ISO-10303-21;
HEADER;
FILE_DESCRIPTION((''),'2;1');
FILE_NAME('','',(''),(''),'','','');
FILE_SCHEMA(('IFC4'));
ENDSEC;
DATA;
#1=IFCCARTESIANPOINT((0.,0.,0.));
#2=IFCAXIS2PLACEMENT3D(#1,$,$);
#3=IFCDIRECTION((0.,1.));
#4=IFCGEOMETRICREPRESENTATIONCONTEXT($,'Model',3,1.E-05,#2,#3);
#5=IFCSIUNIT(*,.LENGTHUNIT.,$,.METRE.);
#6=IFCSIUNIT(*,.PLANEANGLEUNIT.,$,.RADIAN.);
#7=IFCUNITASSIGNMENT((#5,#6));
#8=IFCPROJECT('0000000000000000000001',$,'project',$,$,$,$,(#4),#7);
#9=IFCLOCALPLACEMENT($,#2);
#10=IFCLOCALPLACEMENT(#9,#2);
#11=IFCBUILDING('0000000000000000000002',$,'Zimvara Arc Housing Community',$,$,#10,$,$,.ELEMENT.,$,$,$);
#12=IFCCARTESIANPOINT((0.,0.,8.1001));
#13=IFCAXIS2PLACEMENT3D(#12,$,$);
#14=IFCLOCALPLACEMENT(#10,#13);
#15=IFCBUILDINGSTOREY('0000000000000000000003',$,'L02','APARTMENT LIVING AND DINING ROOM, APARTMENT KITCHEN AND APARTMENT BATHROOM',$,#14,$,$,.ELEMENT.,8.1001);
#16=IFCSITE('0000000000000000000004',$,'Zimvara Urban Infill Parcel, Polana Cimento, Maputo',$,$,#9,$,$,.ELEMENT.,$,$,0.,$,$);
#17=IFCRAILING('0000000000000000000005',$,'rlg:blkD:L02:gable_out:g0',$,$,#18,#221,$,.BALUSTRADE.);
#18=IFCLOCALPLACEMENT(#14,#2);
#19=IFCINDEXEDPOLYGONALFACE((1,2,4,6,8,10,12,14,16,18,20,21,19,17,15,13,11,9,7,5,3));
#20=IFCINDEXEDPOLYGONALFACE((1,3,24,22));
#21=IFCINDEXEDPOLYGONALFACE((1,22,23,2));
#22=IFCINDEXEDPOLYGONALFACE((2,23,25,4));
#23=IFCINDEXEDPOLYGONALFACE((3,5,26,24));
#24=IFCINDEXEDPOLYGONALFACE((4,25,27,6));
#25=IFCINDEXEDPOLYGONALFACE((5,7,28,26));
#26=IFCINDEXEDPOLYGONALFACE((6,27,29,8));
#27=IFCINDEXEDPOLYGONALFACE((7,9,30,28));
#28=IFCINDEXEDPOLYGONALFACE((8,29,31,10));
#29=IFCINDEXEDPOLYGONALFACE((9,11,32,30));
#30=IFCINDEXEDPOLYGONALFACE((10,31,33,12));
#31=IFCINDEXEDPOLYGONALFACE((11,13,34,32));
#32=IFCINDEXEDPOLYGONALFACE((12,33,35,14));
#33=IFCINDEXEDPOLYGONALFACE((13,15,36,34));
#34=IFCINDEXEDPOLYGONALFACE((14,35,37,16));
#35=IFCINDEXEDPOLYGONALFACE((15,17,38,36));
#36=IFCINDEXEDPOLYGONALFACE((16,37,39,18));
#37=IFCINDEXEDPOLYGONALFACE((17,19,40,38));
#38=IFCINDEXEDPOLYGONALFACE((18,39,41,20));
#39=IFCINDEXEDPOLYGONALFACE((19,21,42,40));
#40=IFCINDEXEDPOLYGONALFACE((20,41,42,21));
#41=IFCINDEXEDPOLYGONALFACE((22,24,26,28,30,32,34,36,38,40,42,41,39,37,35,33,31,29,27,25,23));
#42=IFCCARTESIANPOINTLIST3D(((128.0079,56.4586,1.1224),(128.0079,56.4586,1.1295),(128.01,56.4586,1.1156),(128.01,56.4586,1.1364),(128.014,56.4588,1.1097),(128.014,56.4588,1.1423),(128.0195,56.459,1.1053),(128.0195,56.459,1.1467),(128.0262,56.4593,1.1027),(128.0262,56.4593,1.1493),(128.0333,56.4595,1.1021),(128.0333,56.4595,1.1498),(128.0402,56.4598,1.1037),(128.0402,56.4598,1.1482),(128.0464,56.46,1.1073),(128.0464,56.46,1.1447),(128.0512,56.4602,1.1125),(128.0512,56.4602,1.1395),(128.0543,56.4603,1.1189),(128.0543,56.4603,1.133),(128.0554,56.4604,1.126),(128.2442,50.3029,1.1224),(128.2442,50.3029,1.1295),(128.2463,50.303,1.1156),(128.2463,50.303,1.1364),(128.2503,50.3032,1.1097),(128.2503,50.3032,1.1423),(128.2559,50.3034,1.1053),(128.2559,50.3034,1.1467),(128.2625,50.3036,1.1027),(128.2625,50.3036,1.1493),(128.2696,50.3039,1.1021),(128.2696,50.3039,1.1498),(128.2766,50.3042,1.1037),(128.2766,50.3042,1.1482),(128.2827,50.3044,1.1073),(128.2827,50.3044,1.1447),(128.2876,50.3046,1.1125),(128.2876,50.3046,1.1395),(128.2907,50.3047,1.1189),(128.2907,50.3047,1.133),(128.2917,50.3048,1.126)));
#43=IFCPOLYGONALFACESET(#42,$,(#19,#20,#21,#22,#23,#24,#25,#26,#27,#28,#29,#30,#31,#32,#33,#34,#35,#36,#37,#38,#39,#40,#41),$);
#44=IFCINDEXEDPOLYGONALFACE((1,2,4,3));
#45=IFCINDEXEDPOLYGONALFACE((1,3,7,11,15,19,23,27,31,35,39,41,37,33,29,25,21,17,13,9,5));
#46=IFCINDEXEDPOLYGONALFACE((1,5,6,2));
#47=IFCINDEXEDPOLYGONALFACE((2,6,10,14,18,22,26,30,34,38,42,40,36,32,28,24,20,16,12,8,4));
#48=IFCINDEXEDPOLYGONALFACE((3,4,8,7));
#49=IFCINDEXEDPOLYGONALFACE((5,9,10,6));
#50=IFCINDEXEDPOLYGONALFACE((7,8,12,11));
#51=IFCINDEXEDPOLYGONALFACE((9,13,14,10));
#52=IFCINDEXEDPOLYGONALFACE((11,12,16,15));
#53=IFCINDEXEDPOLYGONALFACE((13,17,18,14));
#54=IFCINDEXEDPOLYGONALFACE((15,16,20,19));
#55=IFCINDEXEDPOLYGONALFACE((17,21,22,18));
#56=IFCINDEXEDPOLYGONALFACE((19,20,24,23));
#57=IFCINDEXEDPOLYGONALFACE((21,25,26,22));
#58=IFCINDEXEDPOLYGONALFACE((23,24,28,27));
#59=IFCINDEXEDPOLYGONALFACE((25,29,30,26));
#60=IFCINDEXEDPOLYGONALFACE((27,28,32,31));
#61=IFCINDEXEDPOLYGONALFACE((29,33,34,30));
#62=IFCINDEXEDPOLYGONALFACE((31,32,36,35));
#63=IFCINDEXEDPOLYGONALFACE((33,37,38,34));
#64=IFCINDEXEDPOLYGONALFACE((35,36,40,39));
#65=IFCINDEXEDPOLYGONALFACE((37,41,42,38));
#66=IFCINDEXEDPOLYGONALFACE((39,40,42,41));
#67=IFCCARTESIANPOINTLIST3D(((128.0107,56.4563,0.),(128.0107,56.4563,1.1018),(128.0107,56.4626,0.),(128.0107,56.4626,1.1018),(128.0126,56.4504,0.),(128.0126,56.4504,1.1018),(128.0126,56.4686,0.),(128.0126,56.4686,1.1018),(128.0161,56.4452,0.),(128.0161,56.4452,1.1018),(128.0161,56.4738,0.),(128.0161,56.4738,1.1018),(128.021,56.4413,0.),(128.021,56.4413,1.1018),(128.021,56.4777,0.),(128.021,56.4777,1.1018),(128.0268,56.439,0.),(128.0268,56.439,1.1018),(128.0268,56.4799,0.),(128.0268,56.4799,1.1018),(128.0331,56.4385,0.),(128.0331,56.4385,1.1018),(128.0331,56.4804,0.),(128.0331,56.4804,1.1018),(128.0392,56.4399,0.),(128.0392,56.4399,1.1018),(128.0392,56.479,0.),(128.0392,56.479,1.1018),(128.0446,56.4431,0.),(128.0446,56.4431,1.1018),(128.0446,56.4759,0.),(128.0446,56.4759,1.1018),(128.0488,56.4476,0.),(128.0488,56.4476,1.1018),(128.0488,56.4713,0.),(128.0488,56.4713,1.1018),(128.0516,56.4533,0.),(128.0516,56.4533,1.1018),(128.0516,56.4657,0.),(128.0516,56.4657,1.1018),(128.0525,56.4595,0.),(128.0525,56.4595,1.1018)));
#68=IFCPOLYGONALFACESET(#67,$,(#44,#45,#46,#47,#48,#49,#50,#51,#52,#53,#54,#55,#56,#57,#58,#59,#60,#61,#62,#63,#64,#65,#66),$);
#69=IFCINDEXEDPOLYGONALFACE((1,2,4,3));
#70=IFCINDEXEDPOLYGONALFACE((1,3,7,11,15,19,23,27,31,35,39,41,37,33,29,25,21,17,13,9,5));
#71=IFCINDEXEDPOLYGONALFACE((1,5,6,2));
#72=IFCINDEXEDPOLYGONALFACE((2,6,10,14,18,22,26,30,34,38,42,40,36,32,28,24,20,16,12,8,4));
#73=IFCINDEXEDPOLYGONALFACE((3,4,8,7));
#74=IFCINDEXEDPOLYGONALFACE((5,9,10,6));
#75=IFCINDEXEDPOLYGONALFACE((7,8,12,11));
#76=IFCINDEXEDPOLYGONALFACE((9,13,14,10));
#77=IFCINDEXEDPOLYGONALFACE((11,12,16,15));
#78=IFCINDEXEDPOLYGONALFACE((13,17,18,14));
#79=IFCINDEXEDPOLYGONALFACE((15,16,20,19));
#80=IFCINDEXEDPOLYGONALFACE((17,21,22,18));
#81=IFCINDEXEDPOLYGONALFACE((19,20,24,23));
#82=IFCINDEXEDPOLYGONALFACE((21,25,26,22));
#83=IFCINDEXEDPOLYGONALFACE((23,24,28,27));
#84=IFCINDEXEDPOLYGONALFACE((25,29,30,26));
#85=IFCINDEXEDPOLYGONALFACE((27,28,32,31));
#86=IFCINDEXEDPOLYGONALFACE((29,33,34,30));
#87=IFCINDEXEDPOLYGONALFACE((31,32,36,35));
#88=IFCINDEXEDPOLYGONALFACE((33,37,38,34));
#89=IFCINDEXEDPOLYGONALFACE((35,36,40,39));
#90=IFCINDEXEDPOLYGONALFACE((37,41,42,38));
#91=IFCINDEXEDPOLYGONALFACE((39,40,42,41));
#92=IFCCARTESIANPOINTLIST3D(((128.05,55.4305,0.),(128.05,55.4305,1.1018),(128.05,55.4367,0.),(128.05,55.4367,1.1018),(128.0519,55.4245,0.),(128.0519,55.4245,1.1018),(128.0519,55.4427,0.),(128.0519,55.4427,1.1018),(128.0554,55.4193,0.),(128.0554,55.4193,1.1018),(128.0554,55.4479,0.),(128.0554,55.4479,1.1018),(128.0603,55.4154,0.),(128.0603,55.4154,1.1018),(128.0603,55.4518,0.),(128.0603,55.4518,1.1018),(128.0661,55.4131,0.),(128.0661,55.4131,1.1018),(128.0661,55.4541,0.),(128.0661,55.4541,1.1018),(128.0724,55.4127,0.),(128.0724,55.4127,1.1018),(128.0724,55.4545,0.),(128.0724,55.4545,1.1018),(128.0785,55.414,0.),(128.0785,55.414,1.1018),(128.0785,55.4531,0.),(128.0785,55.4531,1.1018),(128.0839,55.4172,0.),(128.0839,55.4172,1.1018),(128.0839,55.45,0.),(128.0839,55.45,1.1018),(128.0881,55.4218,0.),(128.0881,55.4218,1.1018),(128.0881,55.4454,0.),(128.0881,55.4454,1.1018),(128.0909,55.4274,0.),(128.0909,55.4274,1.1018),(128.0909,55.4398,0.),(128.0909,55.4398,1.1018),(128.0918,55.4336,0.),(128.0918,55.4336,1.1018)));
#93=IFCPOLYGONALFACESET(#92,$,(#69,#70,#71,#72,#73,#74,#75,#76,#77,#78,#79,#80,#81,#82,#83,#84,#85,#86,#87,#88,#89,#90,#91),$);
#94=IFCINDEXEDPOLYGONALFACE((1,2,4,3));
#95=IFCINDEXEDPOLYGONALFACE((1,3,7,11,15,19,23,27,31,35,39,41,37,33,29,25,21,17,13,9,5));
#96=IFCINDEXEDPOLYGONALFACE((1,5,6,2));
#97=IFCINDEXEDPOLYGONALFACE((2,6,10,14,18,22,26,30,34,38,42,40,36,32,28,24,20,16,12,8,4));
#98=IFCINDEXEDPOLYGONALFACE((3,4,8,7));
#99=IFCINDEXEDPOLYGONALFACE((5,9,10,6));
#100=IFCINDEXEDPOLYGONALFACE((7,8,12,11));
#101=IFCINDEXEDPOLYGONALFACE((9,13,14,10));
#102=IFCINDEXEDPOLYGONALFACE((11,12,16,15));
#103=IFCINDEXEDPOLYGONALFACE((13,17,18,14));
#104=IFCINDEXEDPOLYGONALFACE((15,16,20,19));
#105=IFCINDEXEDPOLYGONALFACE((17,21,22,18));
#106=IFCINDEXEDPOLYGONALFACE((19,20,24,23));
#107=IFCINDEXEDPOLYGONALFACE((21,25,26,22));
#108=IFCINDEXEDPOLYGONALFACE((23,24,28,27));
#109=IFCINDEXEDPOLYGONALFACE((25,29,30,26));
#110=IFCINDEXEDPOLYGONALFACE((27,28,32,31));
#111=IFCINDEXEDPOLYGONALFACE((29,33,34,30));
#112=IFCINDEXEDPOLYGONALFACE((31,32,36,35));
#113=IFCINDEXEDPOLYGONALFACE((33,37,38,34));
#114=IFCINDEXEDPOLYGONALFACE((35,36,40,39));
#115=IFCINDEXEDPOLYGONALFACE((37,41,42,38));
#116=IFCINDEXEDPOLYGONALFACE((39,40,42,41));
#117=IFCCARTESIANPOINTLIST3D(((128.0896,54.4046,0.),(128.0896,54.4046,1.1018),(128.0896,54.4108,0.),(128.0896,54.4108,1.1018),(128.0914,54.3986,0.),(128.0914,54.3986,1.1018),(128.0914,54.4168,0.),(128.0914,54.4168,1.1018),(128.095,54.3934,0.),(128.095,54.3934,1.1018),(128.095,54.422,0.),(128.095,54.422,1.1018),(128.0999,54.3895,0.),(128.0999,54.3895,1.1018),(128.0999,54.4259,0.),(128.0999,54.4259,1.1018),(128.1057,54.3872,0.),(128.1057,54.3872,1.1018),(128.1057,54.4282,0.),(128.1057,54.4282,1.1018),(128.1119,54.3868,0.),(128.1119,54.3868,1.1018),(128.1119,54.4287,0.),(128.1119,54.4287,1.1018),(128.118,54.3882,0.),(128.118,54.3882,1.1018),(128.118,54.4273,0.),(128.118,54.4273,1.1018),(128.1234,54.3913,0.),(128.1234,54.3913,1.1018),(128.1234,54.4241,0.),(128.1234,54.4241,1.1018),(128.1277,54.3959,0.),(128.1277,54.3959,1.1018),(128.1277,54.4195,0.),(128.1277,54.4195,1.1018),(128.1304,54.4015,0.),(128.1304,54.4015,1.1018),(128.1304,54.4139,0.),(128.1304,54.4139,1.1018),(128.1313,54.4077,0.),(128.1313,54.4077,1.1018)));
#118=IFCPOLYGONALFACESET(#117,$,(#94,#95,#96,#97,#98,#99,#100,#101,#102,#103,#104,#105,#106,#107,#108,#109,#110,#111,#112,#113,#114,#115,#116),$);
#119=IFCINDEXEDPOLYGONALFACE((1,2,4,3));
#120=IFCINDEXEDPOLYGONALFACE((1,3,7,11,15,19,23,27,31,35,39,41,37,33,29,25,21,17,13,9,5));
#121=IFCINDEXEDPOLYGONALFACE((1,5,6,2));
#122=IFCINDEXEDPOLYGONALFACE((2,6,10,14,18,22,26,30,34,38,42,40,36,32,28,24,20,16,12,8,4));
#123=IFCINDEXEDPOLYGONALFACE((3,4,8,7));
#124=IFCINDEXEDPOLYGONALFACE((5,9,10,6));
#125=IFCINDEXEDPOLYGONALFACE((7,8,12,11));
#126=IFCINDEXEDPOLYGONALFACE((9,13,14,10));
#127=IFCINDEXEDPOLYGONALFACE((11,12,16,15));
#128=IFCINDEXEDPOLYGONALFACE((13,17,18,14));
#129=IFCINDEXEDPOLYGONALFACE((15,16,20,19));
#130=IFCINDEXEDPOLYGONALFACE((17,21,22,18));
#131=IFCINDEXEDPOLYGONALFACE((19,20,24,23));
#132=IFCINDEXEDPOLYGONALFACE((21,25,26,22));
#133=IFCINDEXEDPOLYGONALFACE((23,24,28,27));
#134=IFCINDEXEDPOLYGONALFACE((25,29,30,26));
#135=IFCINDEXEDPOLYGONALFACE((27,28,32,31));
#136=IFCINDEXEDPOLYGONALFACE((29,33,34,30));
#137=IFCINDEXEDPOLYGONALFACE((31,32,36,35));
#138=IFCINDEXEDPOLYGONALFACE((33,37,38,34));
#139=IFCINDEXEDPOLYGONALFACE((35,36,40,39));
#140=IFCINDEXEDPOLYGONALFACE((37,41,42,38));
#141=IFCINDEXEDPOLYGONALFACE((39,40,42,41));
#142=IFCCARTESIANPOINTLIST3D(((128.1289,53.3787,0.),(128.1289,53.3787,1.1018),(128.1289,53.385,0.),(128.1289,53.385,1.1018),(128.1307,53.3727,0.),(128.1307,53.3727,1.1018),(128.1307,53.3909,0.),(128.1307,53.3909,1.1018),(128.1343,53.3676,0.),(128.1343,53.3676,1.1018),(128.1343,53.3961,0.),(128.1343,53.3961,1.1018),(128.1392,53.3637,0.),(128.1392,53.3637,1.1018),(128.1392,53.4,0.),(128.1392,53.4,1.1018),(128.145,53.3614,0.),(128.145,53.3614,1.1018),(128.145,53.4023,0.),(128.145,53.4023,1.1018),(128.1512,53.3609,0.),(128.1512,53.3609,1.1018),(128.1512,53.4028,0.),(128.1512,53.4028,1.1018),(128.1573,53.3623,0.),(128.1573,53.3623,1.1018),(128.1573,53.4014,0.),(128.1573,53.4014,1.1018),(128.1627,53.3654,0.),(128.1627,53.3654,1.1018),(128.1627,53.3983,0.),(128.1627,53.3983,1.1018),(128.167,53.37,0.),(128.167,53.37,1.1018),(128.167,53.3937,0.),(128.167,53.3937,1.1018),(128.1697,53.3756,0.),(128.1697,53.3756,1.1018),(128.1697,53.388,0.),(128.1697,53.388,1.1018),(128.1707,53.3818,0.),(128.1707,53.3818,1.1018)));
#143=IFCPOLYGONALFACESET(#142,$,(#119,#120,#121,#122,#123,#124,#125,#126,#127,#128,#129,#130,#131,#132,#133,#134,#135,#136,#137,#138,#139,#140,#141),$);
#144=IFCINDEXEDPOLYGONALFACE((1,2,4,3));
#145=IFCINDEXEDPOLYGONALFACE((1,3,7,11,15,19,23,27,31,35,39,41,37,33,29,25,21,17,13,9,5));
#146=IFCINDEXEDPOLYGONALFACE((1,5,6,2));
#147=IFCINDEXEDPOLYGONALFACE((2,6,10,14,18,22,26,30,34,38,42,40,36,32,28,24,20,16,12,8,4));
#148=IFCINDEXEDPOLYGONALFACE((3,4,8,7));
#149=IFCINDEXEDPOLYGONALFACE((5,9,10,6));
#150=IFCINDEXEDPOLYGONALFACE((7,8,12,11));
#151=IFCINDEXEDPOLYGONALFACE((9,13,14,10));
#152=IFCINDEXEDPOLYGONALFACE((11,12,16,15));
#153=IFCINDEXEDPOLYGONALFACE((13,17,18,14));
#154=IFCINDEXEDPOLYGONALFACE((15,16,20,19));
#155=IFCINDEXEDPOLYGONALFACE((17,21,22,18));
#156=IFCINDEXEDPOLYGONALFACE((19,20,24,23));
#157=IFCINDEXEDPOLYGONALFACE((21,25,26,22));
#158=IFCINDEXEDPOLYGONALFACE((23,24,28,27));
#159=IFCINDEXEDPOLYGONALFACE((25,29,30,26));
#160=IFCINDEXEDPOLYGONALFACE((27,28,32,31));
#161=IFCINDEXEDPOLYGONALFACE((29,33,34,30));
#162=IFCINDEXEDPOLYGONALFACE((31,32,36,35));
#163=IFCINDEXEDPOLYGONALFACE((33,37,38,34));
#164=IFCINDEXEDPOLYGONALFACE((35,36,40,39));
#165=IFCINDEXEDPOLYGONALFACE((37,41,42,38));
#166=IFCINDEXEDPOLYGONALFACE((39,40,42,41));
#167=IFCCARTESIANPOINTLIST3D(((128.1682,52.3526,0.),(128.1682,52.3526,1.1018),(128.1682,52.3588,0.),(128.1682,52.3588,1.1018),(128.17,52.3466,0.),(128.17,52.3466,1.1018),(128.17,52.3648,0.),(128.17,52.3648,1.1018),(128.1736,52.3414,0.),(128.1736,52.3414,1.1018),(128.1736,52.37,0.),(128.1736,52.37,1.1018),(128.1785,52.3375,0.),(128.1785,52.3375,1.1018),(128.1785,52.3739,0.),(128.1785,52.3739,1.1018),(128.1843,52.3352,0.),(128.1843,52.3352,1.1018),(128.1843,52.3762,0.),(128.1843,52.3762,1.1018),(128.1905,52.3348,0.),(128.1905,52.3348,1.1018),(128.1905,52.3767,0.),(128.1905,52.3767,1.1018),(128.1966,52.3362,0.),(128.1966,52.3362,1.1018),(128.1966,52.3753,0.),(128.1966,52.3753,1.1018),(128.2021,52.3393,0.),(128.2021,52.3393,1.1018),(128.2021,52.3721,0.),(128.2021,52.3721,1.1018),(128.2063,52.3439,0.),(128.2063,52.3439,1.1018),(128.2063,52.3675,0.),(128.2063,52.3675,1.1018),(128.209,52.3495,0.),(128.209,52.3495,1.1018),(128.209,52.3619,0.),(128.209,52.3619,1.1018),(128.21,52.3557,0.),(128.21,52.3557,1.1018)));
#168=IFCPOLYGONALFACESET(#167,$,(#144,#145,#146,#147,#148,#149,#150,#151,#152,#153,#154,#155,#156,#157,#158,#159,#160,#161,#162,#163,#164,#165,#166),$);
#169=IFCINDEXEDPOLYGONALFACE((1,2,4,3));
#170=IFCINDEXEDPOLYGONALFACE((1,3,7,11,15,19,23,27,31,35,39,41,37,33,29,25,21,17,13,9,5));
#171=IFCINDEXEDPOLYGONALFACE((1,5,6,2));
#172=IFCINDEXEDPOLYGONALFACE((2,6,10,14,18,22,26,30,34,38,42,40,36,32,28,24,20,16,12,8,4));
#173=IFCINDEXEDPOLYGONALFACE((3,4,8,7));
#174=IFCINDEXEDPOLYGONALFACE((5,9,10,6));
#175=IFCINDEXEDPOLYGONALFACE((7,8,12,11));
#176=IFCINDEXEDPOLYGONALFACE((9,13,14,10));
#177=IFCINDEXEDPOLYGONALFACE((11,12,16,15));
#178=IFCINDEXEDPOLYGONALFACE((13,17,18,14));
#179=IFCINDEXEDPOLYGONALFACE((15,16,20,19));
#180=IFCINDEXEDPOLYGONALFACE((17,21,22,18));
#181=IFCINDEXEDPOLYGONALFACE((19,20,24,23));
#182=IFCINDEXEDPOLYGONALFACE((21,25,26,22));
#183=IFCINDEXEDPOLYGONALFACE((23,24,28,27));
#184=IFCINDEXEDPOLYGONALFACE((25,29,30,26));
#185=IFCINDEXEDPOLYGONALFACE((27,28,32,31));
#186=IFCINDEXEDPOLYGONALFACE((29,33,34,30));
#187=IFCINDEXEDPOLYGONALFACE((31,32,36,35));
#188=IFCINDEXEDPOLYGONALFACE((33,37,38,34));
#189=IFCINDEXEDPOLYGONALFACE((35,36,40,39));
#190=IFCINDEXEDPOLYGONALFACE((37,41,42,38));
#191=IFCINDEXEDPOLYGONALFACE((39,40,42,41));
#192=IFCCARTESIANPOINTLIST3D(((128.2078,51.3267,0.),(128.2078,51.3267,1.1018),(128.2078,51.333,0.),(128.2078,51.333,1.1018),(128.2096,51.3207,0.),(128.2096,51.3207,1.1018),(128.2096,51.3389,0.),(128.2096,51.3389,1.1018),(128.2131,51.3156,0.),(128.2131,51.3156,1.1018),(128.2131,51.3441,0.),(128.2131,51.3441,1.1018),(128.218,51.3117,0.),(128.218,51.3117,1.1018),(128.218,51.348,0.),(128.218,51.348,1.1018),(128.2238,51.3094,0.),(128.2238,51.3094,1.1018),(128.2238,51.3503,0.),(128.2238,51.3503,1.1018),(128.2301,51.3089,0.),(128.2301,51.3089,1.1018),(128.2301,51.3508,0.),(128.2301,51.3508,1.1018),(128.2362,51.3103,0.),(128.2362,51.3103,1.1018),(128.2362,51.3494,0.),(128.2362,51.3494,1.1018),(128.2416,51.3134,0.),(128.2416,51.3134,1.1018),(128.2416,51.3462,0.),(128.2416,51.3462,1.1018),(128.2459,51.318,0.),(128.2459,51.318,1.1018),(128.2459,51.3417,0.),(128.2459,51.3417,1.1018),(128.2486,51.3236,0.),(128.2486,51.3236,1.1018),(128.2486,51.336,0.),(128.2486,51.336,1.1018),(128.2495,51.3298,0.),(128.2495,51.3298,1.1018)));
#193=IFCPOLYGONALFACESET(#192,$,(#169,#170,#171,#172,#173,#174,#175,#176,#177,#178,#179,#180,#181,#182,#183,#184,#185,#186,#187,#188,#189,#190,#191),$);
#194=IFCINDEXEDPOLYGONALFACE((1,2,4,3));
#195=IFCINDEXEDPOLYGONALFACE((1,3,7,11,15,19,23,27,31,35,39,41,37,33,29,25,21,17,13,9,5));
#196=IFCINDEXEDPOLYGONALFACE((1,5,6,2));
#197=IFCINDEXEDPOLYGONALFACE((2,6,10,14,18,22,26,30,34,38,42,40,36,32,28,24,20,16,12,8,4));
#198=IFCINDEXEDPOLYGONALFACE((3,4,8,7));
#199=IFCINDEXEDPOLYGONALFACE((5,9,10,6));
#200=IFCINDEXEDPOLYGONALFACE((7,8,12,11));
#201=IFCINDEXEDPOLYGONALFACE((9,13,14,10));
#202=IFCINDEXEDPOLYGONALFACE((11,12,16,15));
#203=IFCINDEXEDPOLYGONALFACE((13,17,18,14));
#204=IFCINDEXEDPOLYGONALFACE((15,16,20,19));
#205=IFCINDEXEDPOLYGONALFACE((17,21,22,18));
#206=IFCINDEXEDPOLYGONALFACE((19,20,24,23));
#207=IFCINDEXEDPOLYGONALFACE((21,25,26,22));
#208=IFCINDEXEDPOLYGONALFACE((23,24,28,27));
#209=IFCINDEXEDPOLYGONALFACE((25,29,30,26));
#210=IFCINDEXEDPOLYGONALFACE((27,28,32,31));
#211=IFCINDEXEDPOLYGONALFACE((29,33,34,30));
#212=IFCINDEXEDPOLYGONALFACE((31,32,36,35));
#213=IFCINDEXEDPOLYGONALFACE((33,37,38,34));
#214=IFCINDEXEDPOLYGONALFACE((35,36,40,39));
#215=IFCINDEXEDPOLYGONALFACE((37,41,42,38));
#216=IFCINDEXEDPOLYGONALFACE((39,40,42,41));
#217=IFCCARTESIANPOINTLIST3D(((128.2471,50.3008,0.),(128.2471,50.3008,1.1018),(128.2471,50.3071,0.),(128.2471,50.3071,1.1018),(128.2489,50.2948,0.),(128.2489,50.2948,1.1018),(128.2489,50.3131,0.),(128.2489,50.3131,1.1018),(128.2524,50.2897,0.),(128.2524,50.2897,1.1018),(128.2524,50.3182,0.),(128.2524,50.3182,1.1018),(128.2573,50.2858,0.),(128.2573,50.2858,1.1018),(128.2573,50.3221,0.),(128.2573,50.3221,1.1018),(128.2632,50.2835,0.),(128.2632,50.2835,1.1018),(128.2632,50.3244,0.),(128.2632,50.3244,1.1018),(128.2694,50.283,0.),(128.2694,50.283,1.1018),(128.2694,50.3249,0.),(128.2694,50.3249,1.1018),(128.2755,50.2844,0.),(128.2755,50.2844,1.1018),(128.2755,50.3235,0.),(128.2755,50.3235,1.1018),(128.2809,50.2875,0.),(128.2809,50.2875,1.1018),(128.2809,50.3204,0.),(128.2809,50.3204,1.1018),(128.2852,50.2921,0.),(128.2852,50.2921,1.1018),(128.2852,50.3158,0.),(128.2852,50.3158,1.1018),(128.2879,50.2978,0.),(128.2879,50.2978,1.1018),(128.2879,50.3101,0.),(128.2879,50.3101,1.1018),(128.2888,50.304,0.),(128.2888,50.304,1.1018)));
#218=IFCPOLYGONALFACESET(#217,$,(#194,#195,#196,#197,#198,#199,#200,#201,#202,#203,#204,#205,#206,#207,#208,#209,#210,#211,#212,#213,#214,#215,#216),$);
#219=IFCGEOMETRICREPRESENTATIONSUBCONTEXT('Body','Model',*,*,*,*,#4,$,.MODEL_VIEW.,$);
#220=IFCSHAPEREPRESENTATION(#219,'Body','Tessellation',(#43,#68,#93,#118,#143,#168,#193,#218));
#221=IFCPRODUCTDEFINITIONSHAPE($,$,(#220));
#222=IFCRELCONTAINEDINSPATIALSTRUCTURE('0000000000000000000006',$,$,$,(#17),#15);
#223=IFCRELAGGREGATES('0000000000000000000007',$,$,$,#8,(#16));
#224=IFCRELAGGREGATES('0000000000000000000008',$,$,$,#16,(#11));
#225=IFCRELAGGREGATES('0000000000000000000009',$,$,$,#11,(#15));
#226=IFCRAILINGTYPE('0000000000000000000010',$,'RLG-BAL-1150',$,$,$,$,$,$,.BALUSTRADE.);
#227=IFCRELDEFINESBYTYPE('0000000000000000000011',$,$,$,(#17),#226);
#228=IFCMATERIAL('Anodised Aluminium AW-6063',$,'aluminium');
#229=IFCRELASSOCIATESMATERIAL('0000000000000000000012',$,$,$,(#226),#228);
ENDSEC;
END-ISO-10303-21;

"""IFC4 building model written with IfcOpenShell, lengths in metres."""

from ifc_helpers import new_model, si_unit, direction, frame, origin, origin_2d, place, context, subcontext, project, spatial, circle, extrude, material, type_object, element, save


model = new_model("IFC4")

# Units and contexts
model_context = context("Model", 3, precision=1e-05, world=origin(), true_north=direction((0.0, 1.0)))
body_context = subcontext(model_context, "Body", "Model", "MODEL_VIEW")
ifc_project = project(units=[si_unit("LENGTHUNIT", "METRE"), si_unit("PLANEANGLEUNIT", "RADIAN")], contexts=[model_context])

# Site, building, storey
site_placement = place(None, origin())
site = spatial("IfcSite", under=ifc_project, at=site_placement, Name="Zimvara Urban Infill Parcel, Polana Cimento, Maputo", CompositionType="ELEMENT", RefElevation=0.0)
building_placement = place(site_placement, origin())
building = spatial("IfcBuilding", under=site, at=building_placement, Name="Zimvara Arc Housing Community", CompositionType="ELEMENT")
storey_placement = place(building_placement, frame((0.0, 0.0, 8.1001)))
storey = spatial("IfcBuildingStorey", under=building, at=storey_placement, Name="L02", Description="APARTMENT LIVING AND DINING ROOM, APARTMENT KITCHEN AND APARTMENT BATHROOM", CompositionType="ELEMENT", Elevation=8.1001)

# Railing
ifc_material_1 = material(Name="Anodised Aluminium AW-6063", Category="aluminium")
railing_type_1 = type_object("IfcRailingType", Name="RLG-BAL-1150", PredefinedType="BALUSTRADE", material=ifc_material_1)
railing_1_placement = place(storey_placement, frame((128.0315, 56.4595, 0.0)))
element("IfcRailing", 1, at=railing_1_placement, inside=storey, type_object=railing_type_1, Name="rlg:blkD:L02:gable_out:g0", PredefinedType="BALUSTRADE", context=body_context, shape_type="SweptSolid", body=[
    extrude(circle(Radius=0.0239, at=origin_2d()), frame((0.0, 0.0, 1.126), z_axis=(0.038365, -0.999264, 0.0), x_axis=(0.999264, 0.038365, 0.0)), (0.0, 0.0, 1.0), 6.1602),
    extrude(circle(Radius=0.021, at=origin_2d()), origin(), (0.0, 0.0, 1.0), 1.1018),
    extrude(circle(Radius=0.021, at=origin_2d()), frame((0.0393, -1.0259, 0.0)), (0.0, 0.0, 1.0), 1.1018),
    extrude(circle(Radius=0.021, at=origin_2d()), frame((0.0789, -2.0518, 0.0)), (0.0, 0.0, 1.0), 1.1018),
    extrude(circle(Radius=0.021, at=origin_2d()), frame((0.1182, -3.0776, 0.0)), (0.0, 0.0, 1.0), 1.1018),
    extrude(circle(Radius=0.021, at=origin_2d()), frame((0.1575, -4.1038, 0.0)), (0.0, 0.0, 1.0), 1.1018),
    extrude(circle(Radius=0.021, at=origin_2d()), frame((0.197, -5.1296, 0.0)), (0.0, 0.0, 1.0), 1.1018),
    extrude(circle(Radius=0.021, at=origin_2d()), frame((0.2363, -6.1555, 0.0)), (0.0, 0.0, 1.0), 1.1018),
])

save(model, "model.ifc")
